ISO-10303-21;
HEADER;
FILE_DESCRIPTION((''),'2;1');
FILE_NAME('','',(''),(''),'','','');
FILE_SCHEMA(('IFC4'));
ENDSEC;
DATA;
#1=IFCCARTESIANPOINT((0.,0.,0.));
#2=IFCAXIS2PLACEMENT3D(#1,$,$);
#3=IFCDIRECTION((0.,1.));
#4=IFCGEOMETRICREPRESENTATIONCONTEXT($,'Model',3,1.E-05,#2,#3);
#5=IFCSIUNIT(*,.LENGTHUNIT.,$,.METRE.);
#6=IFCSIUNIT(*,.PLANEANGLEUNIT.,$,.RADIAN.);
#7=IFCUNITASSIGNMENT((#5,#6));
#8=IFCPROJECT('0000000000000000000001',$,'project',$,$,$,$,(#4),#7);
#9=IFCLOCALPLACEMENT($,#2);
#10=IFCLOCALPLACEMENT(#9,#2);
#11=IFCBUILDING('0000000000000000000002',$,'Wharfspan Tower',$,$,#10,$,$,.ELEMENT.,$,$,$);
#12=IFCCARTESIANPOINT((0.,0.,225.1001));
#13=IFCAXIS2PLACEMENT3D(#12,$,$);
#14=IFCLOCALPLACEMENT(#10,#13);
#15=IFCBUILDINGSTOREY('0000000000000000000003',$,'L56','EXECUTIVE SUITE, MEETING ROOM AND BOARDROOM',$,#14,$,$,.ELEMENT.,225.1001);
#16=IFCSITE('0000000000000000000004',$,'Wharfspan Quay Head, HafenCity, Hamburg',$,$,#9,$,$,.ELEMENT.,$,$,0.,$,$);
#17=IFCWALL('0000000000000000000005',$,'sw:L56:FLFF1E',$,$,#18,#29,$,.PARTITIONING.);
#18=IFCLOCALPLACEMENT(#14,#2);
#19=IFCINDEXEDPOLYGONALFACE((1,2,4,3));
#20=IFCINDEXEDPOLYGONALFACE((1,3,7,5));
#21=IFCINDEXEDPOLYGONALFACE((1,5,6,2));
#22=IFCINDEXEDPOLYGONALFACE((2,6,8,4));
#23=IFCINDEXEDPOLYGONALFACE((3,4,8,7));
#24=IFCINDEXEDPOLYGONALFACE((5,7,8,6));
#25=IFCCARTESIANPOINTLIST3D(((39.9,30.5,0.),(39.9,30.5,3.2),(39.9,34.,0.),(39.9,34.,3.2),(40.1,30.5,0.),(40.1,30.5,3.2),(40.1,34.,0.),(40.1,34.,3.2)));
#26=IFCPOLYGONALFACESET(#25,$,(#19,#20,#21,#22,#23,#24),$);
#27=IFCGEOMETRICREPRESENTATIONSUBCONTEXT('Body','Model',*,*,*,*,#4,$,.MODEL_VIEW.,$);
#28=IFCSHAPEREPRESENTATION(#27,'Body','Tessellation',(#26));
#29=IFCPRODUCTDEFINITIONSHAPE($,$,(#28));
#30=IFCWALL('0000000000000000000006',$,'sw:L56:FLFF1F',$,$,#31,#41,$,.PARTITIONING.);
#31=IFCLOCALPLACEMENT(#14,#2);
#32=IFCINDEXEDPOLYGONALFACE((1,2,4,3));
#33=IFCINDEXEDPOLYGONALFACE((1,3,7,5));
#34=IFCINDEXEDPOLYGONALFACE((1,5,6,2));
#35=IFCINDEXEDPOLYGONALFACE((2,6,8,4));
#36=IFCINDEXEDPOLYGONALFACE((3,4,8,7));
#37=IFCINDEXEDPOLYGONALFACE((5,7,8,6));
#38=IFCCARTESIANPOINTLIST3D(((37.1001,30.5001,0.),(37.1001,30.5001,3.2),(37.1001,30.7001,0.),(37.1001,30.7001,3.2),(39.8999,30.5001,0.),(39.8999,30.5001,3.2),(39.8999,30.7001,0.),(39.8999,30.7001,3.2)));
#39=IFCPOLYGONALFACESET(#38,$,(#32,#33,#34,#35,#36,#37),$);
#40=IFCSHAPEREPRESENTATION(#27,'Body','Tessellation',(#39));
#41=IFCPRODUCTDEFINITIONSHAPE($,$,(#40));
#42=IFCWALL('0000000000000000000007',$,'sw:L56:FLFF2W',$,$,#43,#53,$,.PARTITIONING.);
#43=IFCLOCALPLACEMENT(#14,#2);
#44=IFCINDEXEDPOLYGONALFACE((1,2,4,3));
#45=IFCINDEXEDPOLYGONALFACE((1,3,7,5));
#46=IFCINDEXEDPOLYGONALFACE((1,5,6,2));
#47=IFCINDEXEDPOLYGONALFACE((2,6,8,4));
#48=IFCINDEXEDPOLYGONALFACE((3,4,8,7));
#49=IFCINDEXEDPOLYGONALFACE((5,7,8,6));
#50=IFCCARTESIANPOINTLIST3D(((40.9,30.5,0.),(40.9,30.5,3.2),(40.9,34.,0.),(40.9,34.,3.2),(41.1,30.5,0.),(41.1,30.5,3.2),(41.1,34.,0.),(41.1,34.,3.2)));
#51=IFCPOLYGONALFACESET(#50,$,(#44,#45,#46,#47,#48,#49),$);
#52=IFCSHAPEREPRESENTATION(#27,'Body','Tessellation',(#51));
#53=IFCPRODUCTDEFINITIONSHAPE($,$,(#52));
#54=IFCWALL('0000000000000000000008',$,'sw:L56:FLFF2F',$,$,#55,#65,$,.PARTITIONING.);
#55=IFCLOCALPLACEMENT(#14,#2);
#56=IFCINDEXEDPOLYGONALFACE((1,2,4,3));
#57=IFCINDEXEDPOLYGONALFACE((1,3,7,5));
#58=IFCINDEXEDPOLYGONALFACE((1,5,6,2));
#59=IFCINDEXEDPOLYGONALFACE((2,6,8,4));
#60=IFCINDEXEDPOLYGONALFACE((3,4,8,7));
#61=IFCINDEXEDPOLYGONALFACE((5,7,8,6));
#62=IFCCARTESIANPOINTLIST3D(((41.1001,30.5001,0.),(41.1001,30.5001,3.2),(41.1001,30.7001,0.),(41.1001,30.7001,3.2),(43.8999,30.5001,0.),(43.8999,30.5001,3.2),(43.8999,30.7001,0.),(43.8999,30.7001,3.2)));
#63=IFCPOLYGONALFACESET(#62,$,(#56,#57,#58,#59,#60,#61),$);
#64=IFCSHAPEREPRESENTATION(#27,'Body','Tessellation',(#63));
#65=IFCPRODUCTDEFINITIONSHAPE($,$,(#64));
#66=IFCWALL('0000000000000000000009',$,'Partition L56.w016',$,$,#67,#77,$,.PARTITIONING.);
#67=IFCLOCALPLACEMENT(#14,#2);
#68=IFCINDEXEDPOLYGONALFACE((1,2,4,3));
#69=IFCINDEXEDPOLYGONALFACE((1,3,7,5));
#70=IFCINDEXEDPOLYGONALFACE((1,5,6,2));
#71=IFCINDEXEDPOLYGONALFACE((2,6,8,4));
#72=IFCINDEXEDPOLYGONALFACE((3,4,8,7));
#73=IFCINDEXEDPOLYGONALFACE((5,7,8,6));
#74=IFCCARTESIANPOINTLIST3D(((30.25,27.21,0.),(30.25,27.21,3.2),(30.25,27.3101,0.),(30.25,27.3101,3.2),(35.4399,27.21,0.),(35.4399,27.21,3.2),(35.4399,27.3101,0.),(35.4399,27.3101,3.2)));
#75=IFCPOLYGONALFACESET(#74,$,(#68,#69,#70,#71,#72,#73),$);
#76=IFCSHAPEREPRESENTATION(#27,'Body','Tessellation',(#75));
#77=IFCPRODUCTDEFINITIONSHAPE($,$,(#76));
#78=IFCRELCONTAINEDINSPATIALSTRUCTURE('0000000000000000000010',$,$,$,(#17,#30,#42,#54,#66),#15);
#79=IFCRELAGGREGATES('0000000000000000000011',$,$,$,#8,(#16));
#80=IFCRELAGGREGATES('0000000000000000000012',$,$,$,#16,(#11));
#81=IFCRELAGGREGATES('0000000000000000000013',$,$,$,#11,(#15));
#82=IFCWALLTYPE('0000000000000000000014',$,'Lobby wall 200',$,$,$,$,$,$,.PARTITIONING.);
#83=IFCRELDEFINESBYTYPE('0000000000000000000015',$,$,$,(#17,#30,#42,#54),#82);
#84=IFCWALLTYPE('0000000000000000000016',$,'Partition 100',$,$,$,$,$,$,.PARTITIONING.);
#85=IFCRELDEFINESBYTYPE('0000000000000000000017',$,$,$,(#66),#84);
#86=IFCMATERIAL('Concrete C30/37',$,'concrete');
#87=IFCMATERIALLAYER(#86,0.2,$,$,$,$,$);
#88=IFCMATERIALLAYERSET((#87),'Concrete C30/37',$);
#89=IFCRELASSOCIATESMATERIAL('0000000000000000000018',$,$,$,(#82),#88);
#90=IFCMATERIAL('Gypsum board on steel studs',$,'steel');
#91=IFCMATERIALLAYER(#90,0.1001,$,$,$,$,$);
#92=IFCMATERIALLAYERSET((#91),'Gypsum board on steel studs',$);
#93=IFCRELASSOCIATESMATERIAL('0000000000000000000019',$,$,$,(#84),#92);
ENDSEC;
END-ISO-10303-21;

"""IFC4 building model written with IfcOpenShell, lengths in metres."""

from ifc_helpers import new_model, si_unit, direction, frame, frame_2d, origin, place, context, subcontext, project, spatial, rectangle, extrude, material, layer, layer_set, type_object, element, save


model = new_model("IFC4")

# Units and contexts
model_context = context("Model", 3, precision=1e-05, world=origin(), true_north=direction((0.0, 1.0)))
body_context = subcontext(model_context, "Body", "Model", "MODEL_VIEW")
ifc_project = project(units=[si_unit("LENGTHUNIT", "METRE"), si_unit("PLANEANGLEUNIT", "RADIAN")], contexts=[model_context])

# Site, building, storey
site_placement = place(None, origin())
site = spatial("IfcSite", under=ifc_project, at=site_placement, Name="Wharfspan Quay Head, HafenCity, Hamburg", CompositionType="ELEMENT", RefElevation=0.0)
building_placement = place(site_placement, origin())
building = spatial("IfcBuilding", under=site, at=building_placement, Name="Wharfspan Tower", CompositionType="ELEMENT")
storey_placement = place(building_placement, frame((0.0, 0.0, 225.1001)))
storey = spatial("IfcBuildingStorey", under=building, at=storey_placement, Name="L56", Description="EXECUTIVE SUITE, MEETING ROOM AND BOARDROOM", CompositionType="ELEMENT", Elevation=225.1001)

# Shared definitions
ifc_material_1 = material(Name="Gypsum board on steel studs", Category="steel")

# Shared definitions
ifc_material_2 = material(Name="Concrete C30/37", Category="concrete")
ifc_layer_1 = layer(ifc_material_2, 0.2)
ifc_layer_set_1 = layer_set([ifc_layer_1], Name="Concrete C30/37")
wall_type_1 = type_object("IfcWallType", Name="Lobby wall 200", PredefinedType="PARTITIONING", material=ifc_layer_set_1)

# Walls
wall_1_placement = place(storey_placement, frame((40.0, 30.5, 0.0), z_axis=(0.0, 0.0, 1.0), x_axis=(0.0, 1.0, 0.0)))
element("IfcWall", 1, at=wall_1_placement, inside=storey, type_object=wall_type_1, Name="sw:L56:FLFF1E", PredefinedType="PARTITIONING", context=body_context, shape_type="SweptSolid", body=[
    extrude(rectangle(XDim=3.5, YDim=0.2, at=frame_2d((1.75, 0.0))), origin(), (0.0, 0.0, 1.0), 3.2),
])
wall_2_placement = place(storey_placement, frame((37.1001, 30.6001, 0.0), z_axis=(0.0, 0.0, 1.0), x_axis=(1.0, 0.0, 0.0)))
element("IfcWall", 2, at=wall_2_placement, inside=storey, type_object=wall_type_1, Name="sw:L56:FLFF1F", PredefinedType="PARTITIONING", context=body_context, shape_type="SweptSolid", body=[
    extrude(rectangle(XDim=2.7998, YDim=0.2, at=frame_2d((1.3999, 0.0))), origin(), (0.0, 0.0, 1.0), 3.2),
])
wall_3_placement = place(storey_placement, frame((41.0, 30.5, 0.0), z_axis=(0.0, 0.0, 1.0), x_axis=(0.0, 1.0, 0.0)))
element("IfcWall", 3, at=wall_3_placement, inside=storey, type_object=wall_type_1, Name="sw:L56:FLFF2W", PredefinedType="PARTITIONING", context=body_context, shape_type="SweptSolid", body=[
    extrude(rectangle(XDim=3.5, YDim=0.2, at=frame_2d((1.75, 0.0))), origin(), (0.0, 0.0, 1.0), 3.2),
])
wall_4_placement = place(storey_placement, frame((41.1001, 30.6001, 0.0), z_axis=(0.0, 0.0, 1.0), x_axis=(1.0, 0.0, 0.0)))
element("IfcWall", 4, at=wall_4_placement, inside=storey, type_object=wall_type_1, Name="sw:L56:FLFF2F", PredefinedType="PARTITIONING", context=body_context, shape_type="SweptSolid", body=[
    extrude(rectangle(XDim=2.7998, YDim=0.2, at=frame_2d((1.3999, 0.0))), origin(), (0.0, 0.0, 1.0), 3.2),
])
ifc_layer_2 = layer(ifc_material_1, 0.1001)
ifc_layer_set_2 = layer_set([ifc_layer_2], Name="Gypsum board on steel studs")
wall_type_2 = type_object("IfcWallType", Name="Partition 100", PredefinedType="PARTITIONING", material=ifc_layer_set_2)
wall_5_placement = place(storey_placement, frame((30.25, 27.26, 0.0), z_axis=(0.0, 0.0, 1.0), x_axis=(1.0, 0.0, 0.0)))
element("IfcWall", 5, at=wall_5_placement, inside=storey, type_object=wall_type_2, Name="Partition L56.w016", PredefinedType="PARTITIONING", context=body_context, shape_type="SweptSolid", body=[
    extrude(rectangle(XDim=5.1899, YDim=0.1001, at=frame_2d((2.595, 0.0))), origin(), (0.0, 0.0, 1.0), 3.2),
])

save(model, "model.ifc")
